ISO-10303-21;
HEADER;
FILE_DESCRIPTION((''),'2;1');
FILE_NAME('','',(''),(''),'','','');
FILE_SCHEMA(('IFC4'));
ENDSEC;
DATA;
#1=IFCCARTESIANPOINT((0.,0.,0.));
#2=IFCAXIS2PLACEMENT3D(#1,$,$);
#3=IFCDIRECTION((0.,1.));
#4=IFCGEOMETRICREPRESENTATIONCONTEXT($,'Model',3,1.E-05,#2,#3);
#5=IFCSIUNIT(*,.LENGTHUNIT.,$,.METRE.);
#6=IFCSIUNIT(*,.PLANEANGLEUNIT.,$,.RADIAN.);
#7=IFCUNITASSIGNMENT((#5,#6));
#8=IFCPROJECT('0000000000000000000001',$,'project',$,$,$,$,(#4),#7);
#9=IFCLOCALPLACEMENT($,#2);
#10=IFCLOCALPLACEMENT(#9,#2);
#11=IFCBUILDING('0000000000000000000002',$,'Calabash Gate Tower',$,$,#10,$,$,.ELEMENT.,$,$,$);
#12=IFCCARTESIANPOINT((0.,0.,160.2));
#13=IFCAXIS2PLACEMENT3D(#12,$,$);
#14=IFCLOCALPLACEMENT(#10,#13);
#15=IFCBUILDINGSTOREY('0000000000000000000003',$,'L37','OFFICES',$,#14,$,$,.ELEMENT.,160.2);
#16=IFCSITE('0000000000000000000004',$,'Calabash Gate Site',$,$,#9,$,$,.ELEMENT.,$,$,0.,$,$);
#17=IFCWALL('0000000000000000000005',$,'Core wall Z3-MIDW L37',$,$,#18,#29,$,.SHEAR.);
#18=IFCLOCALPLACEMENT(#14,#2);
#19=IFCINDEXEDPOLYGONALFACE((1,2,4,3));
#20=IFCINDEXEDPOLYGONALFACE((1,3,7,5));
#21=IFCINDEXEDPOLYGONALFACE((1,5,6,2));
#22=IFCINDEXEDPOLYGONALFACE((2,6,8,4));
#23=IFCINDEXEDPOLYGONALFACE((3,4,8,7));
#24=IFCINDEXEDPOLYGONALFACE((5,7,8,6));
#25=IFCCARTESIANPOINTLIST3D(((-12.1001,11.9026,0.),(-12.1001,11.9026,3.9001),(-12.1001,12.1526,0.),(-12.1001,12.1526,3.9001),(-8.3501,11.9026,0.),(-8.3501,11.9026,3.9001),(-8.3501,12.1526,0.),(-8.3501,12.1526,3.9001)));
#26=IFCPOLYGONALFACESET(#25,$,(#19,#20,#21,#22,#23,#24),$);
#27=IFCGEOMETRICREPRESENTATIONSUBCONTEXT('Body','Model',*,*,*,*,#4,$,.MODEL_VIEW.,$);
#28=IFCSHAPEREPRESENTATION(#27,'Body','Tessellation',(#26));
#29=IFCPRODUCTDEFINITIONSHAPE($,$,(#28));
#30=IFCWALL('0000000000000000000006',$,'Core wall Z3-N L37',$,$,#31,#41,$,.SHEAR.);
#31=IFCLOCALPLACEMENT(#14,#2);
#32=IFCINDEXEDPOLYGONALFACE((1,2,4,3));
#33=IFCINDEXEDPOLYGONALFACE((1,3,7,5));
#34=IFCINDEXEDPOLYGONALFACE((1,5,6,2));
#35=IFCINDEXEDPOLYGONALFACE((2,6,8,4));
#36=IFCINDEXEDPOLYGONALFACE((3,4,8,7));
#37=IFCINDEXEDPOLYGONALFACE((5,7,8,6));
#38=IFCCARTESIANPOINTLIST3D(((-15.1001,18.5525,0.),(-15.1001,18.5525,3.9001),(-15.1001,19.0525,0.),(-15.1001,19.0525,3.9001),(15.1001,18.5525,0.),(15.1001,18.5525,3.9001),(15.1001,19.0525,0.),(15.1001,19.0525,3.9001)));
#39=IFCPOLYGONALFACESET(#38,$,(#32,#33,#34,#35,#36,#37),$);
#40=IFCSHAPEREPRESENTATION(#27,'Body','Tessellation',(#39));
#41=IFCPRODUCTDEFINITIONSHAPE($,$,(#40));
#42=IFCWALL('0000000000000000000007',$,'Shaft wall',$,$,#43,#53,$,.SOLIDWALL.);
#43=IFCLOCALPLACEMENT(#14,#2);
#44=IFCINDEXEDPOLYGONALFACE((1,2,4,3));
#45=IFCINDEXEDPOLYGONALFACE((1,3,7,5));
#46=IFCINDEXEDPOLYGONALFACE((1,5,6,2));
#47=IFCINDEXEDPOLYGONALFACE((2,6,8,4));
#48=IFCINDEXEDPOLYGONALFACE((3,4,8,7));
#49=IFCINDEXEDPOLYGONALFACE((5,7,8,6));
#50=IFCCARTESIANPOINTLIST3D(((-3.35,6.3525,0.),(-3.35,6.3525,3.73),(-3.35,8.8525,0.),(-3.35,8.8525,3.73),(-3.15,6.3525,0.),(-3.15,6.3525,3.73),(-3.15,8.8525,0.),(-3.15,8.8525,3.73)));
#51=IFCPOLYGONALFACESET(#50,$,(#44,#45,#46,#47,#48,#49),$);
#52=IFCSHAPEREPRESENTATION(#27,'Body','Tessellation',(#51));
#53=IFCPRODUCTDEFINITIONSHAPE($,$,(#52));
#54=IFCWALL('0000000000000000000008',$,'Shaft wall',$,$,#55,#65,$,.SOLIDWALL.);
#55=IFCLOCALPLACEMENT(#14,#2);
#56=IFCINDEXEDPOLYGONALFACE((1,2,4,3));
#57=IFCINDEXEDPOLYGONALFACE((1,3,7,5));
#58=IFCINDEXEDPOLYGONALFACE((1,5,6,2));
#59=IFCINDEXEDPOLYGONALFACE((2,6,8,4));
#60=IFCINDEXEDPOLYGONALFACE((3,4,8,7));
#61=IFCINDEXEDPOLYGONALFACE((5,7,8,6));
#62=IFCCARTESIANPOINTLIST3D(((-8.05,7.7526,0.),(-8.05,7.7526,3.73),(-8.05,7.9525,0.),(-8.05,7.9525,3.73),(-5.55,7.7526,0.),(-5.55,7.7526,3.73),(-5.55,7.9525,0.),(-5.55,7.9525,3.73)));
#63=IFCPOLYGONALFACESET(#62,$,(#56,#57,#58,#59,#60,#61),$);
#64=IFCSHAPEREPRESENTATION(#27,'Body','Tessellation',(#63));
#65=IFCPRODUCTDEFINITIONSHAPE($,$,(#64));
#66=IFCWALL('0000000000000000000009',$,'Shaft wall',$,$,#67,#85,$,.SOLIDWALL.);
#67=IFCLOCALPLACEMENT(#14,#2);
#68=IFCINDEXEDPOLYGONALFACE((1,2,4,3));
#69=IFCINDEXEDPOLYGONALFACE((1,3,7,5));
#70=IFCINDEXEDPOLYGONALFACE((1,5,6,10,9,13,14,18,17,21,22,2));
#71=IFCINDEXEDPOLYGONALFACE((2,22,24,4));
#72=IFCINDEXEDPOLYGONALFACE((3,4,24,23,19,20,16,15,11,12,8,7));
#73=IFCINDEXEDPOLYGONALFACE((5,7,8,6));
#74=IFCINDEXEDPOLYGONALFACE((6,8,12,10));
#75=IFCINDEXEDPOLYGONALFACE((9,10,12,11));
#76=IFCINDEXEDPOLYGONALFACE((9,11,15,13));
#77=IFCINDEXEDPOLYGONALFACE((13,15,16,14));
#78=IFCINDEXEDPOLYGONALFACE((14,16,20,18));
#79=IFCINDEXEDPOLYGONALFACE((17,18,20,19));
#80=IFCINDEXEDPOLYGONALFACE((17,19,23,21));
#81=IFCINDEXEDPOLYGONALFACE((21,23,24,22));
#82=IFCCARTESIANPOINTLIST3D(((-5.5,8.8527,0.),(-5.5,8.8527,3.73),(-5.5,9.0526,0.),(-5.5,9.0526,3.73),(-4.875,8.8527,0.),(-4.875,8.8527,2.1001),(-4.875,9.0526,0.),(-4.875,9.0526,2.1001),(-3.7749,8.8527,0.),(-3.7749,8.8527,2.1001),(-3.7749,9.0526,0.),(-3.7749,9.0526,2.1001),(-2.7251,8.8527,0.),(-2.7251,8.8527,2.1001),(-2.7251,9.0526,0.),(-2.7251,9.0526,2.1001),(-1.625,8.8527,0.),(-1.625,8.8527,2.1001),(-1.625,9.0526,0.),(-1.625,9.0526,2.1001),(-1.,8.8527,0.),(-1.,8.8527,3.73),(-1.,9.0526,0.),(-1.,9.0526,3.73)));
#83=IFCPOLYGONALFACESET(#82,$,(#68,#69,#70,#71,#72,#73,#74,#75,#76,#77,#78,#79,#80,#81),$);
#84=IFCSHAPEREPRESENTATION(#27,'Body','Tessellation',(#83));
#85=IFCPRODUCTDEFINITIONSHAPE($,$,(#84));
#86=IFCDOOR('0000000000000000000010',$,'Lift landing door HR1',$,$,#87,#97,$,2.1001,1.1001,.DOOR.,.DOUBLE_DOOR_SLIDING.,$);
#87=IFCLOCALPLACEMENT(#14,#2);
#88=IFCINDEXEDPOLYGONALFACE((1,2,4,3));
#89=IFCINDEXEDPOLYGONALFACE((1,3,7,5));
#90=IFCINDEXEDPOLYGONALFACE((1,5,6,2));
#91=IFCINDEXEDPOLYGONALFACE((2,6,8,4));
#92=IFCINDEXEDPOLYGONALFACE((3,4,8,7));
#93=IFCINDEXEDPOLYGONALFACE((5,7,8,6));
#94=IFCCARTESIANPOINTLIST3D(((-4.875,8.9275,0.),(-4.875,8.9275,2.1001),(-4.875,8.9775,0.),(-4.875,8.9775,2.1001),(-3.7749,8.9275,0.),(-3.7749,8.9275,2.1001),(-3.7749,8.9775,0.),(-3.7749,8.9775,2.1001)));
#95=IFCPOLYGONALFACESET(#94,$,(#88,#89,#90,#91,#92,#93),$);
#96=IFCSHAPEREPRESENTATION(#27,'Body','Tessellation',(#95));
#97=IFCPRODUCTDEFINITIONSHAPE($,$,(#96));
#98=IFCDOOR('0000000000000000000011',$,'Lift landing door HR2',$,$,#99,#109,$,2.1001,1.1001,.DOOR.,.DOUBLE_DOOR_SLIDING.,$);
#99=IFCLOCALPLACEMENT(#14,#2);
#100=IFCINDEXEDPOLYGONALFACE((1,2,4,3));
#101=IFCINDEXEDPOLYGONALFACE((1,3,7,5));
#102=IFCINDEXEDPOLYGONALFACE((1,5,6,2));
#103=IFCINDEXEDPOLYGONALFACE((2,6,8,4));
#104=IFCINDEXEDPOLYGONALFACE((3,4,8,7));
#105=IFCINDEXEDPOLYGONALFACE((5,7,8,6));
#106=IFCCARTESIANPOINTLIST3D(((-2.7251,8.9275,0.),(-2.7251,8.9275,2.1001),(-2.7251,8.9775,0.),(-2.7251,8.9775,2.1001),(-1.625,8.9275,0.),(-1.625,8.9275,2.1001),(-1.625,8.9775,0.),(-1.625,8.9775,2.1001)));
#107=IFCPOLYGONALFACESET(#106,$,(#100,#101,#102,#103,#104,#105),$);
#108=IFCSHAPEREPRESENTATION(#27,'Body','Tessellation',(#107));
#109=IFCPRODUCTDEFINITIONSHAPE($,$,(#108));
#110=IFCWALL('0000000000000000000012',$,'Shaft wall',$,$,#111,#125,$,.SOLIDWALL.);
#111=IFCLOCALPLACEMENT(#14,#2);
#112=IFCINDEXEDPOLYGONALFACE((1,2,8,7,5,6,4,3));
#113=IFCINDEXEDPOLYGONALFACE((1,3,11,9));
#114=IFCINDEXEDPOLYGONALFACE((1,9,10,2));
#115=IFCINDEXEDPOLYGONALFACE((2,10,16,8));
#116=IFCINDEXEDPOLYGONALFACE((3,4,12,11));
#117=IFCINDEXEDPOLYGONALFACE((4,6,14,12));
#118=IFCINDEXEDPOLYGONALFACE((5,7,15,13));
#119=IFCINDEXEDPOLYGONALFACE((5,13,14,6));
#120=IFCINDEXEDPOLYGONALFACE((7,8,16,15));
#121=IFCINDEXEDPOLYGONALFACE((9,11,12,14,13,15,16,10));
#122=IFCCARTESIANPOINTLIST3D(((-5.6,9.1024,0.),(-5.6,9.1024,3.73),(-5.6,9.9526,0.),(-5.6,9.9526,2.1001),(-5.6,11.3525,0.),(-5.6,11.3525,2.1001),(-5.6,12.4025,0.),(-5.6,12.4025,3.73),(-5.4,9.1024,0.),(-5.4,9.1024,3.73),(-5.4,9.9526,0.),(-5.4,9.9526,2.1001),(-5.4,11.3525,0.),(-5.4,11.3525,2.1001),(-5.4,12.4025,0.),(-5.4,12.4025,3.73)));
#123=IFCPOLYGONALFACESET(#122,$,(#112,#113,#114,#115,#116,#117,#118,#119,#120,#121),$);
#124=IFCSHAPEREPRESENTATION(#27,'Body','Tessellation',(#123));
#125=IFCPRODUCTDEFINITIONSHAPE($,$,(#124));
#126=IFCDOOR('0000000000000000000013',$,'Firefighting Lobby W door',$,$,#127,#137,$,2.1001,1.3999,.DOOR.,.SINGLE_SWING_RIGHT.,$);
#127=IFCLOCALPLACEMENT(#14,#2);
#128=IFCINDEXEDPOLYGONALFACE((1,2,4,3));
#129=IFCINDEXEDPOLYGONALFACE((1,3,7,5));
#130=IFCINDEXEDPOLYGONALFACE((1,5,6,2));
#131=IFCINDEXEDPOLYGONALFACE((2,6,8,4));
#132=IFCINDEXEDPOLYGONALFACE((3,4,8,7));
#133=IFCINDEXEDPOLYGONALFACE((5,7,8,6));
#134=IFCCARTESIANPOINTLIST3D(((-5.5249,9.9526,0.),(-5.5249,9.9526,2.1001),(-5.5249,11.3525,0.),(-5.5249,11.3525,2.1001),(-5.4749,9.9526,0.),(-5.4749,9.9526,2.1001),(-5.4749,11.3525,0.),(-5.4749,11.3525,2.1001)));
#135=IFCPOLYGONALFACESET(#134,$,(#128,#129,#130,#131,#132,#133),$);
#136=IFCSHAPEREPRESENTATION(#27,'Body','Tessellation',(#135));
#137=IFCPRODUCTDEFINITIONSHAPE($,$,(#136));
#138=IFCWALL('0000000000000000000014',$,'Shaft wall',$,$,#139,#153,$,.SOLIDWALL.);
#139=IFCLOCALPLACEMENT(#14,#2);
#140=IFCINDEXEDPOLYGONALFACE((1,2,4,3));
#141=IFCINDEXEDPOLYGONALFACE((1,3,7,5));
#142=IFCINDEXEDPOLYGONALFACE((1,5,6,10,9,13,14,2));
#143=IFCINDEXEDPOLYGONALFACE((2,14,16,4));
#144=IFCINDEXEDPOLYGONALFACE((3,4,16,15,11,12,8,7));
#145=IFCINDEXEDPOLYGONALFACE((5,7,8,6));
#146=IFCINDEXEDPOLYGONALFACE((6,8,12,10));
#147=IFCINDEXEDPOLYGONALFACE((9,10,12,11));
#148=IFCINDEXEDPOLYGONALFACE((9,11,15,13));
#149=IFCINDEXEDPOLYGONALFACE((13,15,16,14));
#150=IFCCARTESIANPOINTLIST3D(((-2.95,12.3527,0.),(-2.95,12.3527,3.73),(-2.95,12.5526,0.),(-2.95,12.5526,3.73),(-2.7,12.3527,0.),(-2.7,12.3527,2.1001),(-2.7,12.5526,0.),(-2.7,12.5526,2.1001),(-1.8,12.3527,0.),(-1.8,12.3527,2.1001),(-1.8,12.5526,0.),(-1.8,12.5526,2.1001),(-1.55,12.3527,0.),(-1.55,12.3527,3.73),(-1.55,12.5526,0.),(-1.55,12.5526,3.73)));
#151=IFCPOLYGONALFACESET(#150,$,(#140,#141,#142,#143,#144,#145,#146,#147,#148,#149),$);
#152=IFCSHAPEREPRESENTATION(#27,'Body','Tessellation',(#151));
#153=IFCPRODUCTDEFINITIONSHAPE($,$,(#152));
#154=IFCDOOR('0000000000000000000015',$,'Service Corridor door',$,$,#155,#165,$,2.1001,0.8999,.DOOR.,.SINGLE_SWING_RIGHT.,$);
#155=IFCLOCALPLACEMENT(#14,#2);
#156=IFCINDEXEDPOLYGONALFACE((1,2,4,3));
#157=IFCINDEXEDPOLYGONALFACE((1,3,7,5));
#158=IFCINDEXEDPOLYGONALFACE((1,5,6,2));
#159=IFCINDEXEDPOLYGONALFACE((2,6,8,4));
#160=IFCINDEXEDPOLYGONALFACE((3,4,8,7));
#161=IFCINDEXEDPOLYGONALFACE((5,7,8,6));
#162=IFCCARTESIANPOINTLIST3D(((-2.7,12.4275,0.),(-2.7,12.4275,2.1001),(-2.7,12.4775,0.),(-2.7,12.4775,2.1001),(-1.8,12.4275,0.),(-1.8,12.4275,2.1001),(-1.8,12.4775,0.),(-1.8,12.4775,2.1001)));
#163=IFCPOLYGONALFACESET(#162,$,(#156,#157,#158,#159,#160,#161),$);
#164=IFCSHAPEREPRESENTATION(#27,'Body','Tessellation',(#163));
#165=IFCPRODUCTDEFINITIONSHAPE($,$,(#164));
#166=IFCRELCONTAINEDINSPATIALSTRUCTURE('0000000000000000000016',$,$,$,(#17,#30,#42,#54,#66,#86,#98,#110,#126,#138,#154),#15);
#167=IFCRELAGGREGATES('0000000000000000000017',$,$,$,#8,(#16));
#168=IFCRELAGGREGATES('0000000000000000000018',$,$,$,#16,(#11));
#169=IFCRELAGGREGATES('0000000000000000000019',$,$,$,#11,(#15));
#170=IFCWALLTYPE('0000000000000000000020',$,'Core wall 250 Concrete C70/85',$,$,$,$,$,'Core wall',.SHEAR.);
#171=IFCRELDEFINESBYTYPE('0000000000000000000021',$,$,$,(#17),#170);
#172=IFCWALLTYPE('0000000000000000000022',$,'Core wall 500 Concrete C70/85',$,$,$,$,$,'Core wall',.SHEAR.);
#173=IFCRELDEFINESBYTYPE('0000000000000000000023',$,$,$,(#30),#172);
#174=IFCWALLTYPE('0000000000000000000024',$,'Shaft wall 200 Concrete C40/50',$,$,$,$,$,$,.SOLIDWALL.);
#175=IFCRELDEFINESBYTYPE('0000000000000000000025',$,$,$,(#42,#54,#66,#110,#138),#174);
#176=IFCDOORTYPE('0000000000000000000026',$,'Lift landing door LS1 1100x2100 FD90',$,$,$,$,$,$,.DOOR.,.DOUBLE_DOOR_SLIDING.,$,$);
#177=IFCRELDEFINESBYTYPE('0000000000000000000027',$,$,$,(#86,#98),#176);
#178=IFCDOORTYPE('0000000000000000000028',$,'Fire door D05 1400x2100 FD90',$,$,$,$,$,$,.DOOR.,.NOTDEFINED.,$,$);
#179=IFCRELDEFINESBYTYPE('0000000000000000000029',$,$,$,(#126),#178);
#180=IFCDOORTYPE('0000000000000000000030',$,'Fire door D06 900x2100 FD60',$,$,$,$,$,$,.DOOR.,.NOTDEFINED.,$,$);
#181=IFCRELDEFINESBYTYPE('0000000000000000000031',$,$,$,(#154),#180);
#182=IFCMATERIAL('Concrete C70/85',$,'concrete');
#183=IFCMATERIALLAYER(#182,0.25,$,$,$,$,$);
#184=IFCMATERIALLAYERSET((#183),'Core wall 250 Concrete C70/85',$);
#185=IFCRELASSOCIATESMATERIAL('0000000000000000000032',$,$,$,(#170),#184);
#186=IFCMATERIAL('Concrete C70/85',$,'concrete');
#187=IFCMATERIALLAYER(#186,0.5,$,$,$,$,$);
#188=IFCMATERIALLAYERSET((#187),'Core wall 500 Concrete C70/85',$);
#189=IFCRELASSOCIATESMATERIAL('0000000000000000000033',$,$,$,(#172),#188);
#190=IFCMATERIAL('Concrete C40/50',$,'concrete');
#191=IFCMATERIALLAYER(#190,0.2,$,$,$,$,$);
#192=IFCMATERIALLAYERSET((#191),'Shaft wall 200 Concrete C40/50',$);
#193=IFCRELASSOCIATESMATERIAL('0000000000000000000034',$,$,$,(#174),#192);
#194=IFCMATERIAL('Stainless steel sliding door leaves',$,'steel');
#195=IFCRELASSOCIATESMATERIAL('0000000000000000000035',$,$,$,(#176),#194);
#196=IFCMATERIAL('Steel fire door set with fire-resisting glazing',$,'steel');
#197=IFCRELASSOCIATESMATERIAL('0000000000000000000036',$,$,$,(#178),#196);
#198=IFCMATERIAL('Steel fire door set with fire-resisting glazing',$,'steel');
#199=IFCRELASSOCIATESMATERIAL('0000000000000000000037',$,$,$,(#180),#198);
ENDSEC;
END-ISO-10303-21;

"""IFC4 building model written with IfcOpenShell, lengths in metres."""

from ifc_helpers import new_model, si_unit, direction, frame, frame_2d, origin, place, context, subcontext, project, spatial, rectangle, extrude, material, layer, layer_set, type_object, element, fill, save


model = new_model("IFC4")

# Units and contexts
model_context = context("Model", 3, precision=1e-05, world=origin(), true_north=direction((0.0, 1.0)))
body_context = subcontext(model_context, "Body", "Model", "MODEL_VIEW")
ifc_project = project(units=[si_unit("LENGTHUNIT", "METRE"), si_unit("PLANEANGLEUNIT", "RADIAN")], contexts=[model_context])

# Site, building, storey
site_placement = place(None, origin())
site = spatial("IfcSite", under=ifc_project, at=site_placement, Name="Calabash Gate Site", CompositionType="ELEMENT", RefElevation=0.0)
building_placement = place(site_placement, origin())
building = spatial("IfcBuilding", under=site, at=building_placement, Name="Calabash Gate Tower", CompositionType="ELEMENT")
storey_placement = place(building_placement, frame((0.0, 0.0, 160.2)))
storey = spatial("IfcBuildingStorey", under=building, at=storey_placement, Name="L37", Description="OFFICES", CompositionType="ELEMENT", Elevation=160.2)

# Walls
ifc_material_1 = material(Name="Concrete C70/85", Category="concrete")
ifc_layer_1 = layer(ifc_material_1, 0.25)
ifc_layer_set_1 = layer_set([ifc_layer_1], Name="Core wall 250 Concrete C70/85")
wall_type_1 = type_object("IfcWallType", Name="Core wall 250 Concrete C70/85", ElementType="Core wall", PredefinedType="SHEAR", material=ifc_layer_set_1)
wall_1_placement = place(storey_placement, frame((-12.1001, 12.0276, 0.0), z_axis=(0.0, 0.0, 1.0), x_axis=(1.0, 0.0, 0.0)))
element("IfcWall", 1, at=wall_1_placement, inside=storey, type_object=wall_type_1, Name="Core wall Z3-MIDW L37", PredefinedType="SHEAR", context=body_context, shape_type="SweptSolid", body=[
    extrude(rectangle(XDim=3.75, YDim=0.25, at=frame_2d((1.875, 0.0))), origin(), (0.0, 0.0, 1.0), 3.9001),
])
ifc_material_2 = material(Name="Concrete C70/85", Category="concrete")
ifc_layer_2 = layer(ifc_material_2, 0.5)
ifc_layer_set_2 = layer_set([ifc_layer_2], Name="Core wall 500 Concrete C70/85")
wall_type_2 = type_object("IfcWallType", Name="Core wall 500 Concrete C70/85", ElementType="Core wall", PredefinedType="SHEAR", material=ifc_layer_set_2)
wall_2_placement = place(storey_placement, frame((-15.1001, 18.8025, 0.0), z_axis=(0.0, 0.0, 1.0), x_axis=(1.0, 0.0, 0.0)))
element("IfcWall", 2, at=wall_2_placement, inside=storey, type_object=wall_type_2, Name="Core wall Z3-N L37", PredefinedType="SHEAR", context=body_context, shape_type="SweptSolid", body=[
    extrude(rectangle(XDim=30.2002, YDim=0.5, at=frame_2d((15.1001, 0.0))), origin(), (0.0, 0.0, 1.0), 3.9001),
])
ifc_material_3 = material(Name="Concrete C40/50", Category="concrete")
ifc_layer_3 = layer(ifc_material_3, 0.2)
ifc_layer_set_3 = layer_set([ifc_layer_3], Name="Shaft wall 200 Concrete C40/50")
wall_type_3 = type_object("IfcWallType", Name="Shaft wall 200 Concrete C40/50", PredefinedType="SOLIDWALL", material=ifc_layer_set_3)
for number, where, z_axis, x_axis, name in (
    (3, (-3.25, 6.3525, 0.0), (0.0, 0.0, 1.0), (0.0, 1.0, 0.0), "Shaft wall"),
    (4, (-8.05, 7.8525, 0.0), (0.0, 0.0, 1.0), (1.0, 0.0, 0.0), "Shaft wall"),
):
    element("IfcWall", number, at=place(storey_placement, frame(where, z_axis=z_axis, x_axis=x_axis)), inside=storey, type_object=wall_type_3, Name=name, PredefinedType="SOLIDWALL", context=body_context, shape_type="SweptSolid", body=[
        extrude(rectangle(XDim=2.5, YDim=0.2, at=frame_2d((1.25, 0.0))), origin(), (0.0, 0.0, 1.0), 3.73),
    ])

# Wall, openings, doors
wall_3_placement = place(storey_placement, frame((-5.5, 8.9526, 0.0), z_axis=(0.0, 0.0, 1.0), x_axis=(1.0, 0.0, 0.0)))
wall_3 = element("IfcWall", 5, at=wall_3_placement, inside=storey, type_object=wall_type_3, Name="Shaft wall", PredefinedType="SOLIDWALL", context=body_context, shape_type="SweptSolid", body=[
    extrude(rectangle(XDim=4.5, YDim=0.2, at=frame_2d((2.25, 0.0))), origin(), (0.0, 0.0, 1.0), 3.73),
])
opening_1_placement = place(wall_3_placement, frame((0.625, 0.0, 0.0)))
opening_1 = element("IfcOpeningElement", 6, at=opening_1_placement, cuts=wall_3, PredefinedType="OPENING", context=body_context, shape_type="SweptSolid", body=[
    extrude(rectangle(XDim=1.1001, YDim=2.1001, at=frame_2d((0.55, 1.05))), frame((0.0, 0.1099, 0.0), z_axis=(0.0, -1.0, 0.0), x_axis=(1.0, 0.0, 0.0)), (0.0, 0.0, 1.0), 0.22),
])
opening_2_placement = place(wall_3_placement, frame((2.7749, 0.0, 0.0)))
opening_2 = element("IfcOpeningElement", 7, at=opening_2_placement, cuts=wall_3, PredefinedType="OPENING", context=body_context, shape_type="SweptSolid", body=[
    extrude(rectangle(XDim=1.1001, YDim=2.1001, at=frame_2d((0.55, 1.05))), frame((0.0, 0.1099, 0.0), z_axis=(0.0, -1.0, 0.0), x_axis=(1.0, 0.0, 0.0)), (0.0, 0.0, 1.0), 0.22),
])
ifc_material_4 = material(Name="Stainless steel sliding door leaves", Category="steel")
door_type_1 = type_object("IfcDoorType", Name="Lift landing door LS1 1100x2100 FD90", OperationType="DOUBLE_DOOR_SLIDING", PredefinedType="DOOR", material=ifc_material_4)
door_1_placement = place(opening_1_placement, origin())
door_1 = element("IfcDoor", 8, at=door_1_placement, inside=storey, type_object=door_type_1, Name="Lift landing door HR1", OperationType="DOUBLE_DOOR_SLIDING", OverallHeight=2.1001, OverallWidth=1.1001, PredefinedType="DOOR", context=body_context, shape_type="SweptSolid", body=[
    extrude(rectangle(XDim=1.1001, YDim=2.1001, at=frame_2d((0.55, 1.05))), frame((0.0, 0.0249, 0.0), z_axis=(0.0, -1.0, 0.0), x_axis=(1.0, 0.0, 0.0)), (0.0, 0.0, 1.0), 0.05),
])
fill(opening_1, door_1)
door_2_placement = place(opening_2_placement, origin())
door_2 = element("IfcDoor", 9, at=door_2_placement, inside=storey, type_object=door_type_1, Name="Lift landing door HR2", OperationType="DOUBLE_DOOR_SLIDING", OverallHeight=2.1001, OverallWidth=1.1001, PredefinedType="DOOR", context=body_context, shape_type="SweptSolid", body=[
    extrude(rectangle(XDim=1.1001, YDim=2.1001, at=frame_2d((0.55, 1.05))), frame((0.0, 0.0249, 0.0), z_axis=(0.0, -1.0, 0.0), x_axis=(1.0, 0.0, 0.0)), (0.0, 0.0, 1.0), 0.05),
])
fill(opening_2, door_2)

# Walls, openings, doors
wall_4_placement = place(storey_placement, frame((-5.5, 9.1025, 0.0), z_axis=(0.0, 0.0, 1.0), x_axis=(0.0, 1.0, 0.0)))
wall_4 = element("IfcWall", 10, at=wall_4_placement, inside=storey, type_object=wall_type_3, Name="Shaft wall", PredefinedType="SOLIDWALL", context=body_context, shape_type="SweptSolid", body=[
    extrude(rectangle(XDim=3.3, YDim=0.2, at=frame_2d((1.6499, 0.0))), origin(), (0.0, 0.0, 1.0), 3.73),
])
opening_3_placement = place(wall_4_placement, frame((0.8501, 0.0, 0.0)))
opening_3 = element("IfcOpeningElement", 11, at=opening_3_placement, cuts=wall_4, PredefinedType="OPENING", context=body_context, shape_type="SweptSolid", body=[
    extrude(rectangle(XDim=1.3999, YDim=2.1001, at=frame_2d((0.7, 1.05))), frame((0.0, 0.1099, 0.0), z_axis=(0.0, -1.0, 0.0), x_axis=(1.0, 0.0, 0.0)), (0.0, 0.0, 1.0), 0.22),
])
ifc_material_5 = material(Name="Steel fire door set with fire-resisting glazing", Category="steel")
door_type_2 = type_object("IfcDoorType", Name="Fire door D05 1400x2100 FD90", OperationType="NOTDEFINED", PredefinedType="DOOR", material=ifc_material_5)
door_3_placement = place(opening_3_placement, origin())
door_3 = element("IfcDoor", 12, at=door_3_placement, inside=storey, type_object=door_type_2, Name="Firefighting Lobby W door", OperationType="SINGLE_SWING_RIGHT", OverallHeight=2.1001, OverallWidth=1.3999, PredefinedType="DOOR", context=body_context, shape_type="SweptSolid", body=[
    extrude(rectangle(XDim=1.3999, YDim=2.1001, at=frame_2d((0.7, 1.05))), frame((0.0, 0.0249, 0.0), z_axis=(0.0, -1.0, 0.0), x_axis=(1.0, 0.0, 0.0)), (0.0, 0.0, 1.0), 0.05),
])
fill(opening_3, door_3)
wall_5_placement = place(storey_placement, frame((-2.95, 12.4526, 0.0), z_axis=(0.0, 0.0, 1.0), x_axis=(1.0, 0.0, 0.0)))
wall_5 = element("IfcWall", 13, at=wall_5_placement, inside=storey, type_object=wall_type_3, Name="Shaft wall", PredefinedType="SOLIDWALL", context=body_context, shape_type="SweptSolid", body=[
    extrude(rectangle(XDim=1.3999, YDim=0.2, at=frame_2d((0.7, 0.0))), origin(), (0.0, 0.0, 1.0), 3.73),
])
opening_4_placement = place(wall_5_placement, frame((0.25, 0.0, 0.0)))
opening_4 = element("IfcOpeningElement", 14, at=opening_4_placement, cuts=wall_5, PredefinedType="OPENING", context=body_context, shape_type="SweptSolid", body=[
    extrude(rectangle(XDim=0.8999, YDim=2.1001, at=frame_2d((0.45, 1.05))), frame((0.0, 0.1099, 0.0), z_axis=(0.0, -1.0, 0.0), x_axis=(1.0, 0.0, 0.0)), (0.0, 0.0, 1.0), 0.22),
])
ifc_material_6 = material(Name="Steel fire door set with fire-resisting glazing", Category="steel")
door_type_3 = type_object("IfcDoorType", Name="Fire door D06 900x2100 FD60", OperationType="NOTDEFINED", PredefinedType="DOOR", material=ifc_material_6)
door_4_placement = place(opening_4_placement, origin())
door_4 = element("IfcDoor", 15, at=door_4_placement, inside=storey, type_object=door_type_3, Name="Service Corridor door", OperationType="SINGLE_SWING_RIGHT", OverallHeight=2.1001, OverallWidth=0.8999, PredefinedType="DOOR", context=body_context, shape_type="SweptSolid", body=[
    extrude(rectangle(XDim=0.8999, YDim=2.1001, at=frame_2d((0.45, 1.05))), frame((0.0, 0.0249, 0.0), z_axis=(0.0, -1.0, 0.0), x_axis=(1.0, 0.0, 0.0)), (0.0, 0.0, 1.0), 0.05),
])
fill(opening_4, door_4)

save(model, "model.ifc")
